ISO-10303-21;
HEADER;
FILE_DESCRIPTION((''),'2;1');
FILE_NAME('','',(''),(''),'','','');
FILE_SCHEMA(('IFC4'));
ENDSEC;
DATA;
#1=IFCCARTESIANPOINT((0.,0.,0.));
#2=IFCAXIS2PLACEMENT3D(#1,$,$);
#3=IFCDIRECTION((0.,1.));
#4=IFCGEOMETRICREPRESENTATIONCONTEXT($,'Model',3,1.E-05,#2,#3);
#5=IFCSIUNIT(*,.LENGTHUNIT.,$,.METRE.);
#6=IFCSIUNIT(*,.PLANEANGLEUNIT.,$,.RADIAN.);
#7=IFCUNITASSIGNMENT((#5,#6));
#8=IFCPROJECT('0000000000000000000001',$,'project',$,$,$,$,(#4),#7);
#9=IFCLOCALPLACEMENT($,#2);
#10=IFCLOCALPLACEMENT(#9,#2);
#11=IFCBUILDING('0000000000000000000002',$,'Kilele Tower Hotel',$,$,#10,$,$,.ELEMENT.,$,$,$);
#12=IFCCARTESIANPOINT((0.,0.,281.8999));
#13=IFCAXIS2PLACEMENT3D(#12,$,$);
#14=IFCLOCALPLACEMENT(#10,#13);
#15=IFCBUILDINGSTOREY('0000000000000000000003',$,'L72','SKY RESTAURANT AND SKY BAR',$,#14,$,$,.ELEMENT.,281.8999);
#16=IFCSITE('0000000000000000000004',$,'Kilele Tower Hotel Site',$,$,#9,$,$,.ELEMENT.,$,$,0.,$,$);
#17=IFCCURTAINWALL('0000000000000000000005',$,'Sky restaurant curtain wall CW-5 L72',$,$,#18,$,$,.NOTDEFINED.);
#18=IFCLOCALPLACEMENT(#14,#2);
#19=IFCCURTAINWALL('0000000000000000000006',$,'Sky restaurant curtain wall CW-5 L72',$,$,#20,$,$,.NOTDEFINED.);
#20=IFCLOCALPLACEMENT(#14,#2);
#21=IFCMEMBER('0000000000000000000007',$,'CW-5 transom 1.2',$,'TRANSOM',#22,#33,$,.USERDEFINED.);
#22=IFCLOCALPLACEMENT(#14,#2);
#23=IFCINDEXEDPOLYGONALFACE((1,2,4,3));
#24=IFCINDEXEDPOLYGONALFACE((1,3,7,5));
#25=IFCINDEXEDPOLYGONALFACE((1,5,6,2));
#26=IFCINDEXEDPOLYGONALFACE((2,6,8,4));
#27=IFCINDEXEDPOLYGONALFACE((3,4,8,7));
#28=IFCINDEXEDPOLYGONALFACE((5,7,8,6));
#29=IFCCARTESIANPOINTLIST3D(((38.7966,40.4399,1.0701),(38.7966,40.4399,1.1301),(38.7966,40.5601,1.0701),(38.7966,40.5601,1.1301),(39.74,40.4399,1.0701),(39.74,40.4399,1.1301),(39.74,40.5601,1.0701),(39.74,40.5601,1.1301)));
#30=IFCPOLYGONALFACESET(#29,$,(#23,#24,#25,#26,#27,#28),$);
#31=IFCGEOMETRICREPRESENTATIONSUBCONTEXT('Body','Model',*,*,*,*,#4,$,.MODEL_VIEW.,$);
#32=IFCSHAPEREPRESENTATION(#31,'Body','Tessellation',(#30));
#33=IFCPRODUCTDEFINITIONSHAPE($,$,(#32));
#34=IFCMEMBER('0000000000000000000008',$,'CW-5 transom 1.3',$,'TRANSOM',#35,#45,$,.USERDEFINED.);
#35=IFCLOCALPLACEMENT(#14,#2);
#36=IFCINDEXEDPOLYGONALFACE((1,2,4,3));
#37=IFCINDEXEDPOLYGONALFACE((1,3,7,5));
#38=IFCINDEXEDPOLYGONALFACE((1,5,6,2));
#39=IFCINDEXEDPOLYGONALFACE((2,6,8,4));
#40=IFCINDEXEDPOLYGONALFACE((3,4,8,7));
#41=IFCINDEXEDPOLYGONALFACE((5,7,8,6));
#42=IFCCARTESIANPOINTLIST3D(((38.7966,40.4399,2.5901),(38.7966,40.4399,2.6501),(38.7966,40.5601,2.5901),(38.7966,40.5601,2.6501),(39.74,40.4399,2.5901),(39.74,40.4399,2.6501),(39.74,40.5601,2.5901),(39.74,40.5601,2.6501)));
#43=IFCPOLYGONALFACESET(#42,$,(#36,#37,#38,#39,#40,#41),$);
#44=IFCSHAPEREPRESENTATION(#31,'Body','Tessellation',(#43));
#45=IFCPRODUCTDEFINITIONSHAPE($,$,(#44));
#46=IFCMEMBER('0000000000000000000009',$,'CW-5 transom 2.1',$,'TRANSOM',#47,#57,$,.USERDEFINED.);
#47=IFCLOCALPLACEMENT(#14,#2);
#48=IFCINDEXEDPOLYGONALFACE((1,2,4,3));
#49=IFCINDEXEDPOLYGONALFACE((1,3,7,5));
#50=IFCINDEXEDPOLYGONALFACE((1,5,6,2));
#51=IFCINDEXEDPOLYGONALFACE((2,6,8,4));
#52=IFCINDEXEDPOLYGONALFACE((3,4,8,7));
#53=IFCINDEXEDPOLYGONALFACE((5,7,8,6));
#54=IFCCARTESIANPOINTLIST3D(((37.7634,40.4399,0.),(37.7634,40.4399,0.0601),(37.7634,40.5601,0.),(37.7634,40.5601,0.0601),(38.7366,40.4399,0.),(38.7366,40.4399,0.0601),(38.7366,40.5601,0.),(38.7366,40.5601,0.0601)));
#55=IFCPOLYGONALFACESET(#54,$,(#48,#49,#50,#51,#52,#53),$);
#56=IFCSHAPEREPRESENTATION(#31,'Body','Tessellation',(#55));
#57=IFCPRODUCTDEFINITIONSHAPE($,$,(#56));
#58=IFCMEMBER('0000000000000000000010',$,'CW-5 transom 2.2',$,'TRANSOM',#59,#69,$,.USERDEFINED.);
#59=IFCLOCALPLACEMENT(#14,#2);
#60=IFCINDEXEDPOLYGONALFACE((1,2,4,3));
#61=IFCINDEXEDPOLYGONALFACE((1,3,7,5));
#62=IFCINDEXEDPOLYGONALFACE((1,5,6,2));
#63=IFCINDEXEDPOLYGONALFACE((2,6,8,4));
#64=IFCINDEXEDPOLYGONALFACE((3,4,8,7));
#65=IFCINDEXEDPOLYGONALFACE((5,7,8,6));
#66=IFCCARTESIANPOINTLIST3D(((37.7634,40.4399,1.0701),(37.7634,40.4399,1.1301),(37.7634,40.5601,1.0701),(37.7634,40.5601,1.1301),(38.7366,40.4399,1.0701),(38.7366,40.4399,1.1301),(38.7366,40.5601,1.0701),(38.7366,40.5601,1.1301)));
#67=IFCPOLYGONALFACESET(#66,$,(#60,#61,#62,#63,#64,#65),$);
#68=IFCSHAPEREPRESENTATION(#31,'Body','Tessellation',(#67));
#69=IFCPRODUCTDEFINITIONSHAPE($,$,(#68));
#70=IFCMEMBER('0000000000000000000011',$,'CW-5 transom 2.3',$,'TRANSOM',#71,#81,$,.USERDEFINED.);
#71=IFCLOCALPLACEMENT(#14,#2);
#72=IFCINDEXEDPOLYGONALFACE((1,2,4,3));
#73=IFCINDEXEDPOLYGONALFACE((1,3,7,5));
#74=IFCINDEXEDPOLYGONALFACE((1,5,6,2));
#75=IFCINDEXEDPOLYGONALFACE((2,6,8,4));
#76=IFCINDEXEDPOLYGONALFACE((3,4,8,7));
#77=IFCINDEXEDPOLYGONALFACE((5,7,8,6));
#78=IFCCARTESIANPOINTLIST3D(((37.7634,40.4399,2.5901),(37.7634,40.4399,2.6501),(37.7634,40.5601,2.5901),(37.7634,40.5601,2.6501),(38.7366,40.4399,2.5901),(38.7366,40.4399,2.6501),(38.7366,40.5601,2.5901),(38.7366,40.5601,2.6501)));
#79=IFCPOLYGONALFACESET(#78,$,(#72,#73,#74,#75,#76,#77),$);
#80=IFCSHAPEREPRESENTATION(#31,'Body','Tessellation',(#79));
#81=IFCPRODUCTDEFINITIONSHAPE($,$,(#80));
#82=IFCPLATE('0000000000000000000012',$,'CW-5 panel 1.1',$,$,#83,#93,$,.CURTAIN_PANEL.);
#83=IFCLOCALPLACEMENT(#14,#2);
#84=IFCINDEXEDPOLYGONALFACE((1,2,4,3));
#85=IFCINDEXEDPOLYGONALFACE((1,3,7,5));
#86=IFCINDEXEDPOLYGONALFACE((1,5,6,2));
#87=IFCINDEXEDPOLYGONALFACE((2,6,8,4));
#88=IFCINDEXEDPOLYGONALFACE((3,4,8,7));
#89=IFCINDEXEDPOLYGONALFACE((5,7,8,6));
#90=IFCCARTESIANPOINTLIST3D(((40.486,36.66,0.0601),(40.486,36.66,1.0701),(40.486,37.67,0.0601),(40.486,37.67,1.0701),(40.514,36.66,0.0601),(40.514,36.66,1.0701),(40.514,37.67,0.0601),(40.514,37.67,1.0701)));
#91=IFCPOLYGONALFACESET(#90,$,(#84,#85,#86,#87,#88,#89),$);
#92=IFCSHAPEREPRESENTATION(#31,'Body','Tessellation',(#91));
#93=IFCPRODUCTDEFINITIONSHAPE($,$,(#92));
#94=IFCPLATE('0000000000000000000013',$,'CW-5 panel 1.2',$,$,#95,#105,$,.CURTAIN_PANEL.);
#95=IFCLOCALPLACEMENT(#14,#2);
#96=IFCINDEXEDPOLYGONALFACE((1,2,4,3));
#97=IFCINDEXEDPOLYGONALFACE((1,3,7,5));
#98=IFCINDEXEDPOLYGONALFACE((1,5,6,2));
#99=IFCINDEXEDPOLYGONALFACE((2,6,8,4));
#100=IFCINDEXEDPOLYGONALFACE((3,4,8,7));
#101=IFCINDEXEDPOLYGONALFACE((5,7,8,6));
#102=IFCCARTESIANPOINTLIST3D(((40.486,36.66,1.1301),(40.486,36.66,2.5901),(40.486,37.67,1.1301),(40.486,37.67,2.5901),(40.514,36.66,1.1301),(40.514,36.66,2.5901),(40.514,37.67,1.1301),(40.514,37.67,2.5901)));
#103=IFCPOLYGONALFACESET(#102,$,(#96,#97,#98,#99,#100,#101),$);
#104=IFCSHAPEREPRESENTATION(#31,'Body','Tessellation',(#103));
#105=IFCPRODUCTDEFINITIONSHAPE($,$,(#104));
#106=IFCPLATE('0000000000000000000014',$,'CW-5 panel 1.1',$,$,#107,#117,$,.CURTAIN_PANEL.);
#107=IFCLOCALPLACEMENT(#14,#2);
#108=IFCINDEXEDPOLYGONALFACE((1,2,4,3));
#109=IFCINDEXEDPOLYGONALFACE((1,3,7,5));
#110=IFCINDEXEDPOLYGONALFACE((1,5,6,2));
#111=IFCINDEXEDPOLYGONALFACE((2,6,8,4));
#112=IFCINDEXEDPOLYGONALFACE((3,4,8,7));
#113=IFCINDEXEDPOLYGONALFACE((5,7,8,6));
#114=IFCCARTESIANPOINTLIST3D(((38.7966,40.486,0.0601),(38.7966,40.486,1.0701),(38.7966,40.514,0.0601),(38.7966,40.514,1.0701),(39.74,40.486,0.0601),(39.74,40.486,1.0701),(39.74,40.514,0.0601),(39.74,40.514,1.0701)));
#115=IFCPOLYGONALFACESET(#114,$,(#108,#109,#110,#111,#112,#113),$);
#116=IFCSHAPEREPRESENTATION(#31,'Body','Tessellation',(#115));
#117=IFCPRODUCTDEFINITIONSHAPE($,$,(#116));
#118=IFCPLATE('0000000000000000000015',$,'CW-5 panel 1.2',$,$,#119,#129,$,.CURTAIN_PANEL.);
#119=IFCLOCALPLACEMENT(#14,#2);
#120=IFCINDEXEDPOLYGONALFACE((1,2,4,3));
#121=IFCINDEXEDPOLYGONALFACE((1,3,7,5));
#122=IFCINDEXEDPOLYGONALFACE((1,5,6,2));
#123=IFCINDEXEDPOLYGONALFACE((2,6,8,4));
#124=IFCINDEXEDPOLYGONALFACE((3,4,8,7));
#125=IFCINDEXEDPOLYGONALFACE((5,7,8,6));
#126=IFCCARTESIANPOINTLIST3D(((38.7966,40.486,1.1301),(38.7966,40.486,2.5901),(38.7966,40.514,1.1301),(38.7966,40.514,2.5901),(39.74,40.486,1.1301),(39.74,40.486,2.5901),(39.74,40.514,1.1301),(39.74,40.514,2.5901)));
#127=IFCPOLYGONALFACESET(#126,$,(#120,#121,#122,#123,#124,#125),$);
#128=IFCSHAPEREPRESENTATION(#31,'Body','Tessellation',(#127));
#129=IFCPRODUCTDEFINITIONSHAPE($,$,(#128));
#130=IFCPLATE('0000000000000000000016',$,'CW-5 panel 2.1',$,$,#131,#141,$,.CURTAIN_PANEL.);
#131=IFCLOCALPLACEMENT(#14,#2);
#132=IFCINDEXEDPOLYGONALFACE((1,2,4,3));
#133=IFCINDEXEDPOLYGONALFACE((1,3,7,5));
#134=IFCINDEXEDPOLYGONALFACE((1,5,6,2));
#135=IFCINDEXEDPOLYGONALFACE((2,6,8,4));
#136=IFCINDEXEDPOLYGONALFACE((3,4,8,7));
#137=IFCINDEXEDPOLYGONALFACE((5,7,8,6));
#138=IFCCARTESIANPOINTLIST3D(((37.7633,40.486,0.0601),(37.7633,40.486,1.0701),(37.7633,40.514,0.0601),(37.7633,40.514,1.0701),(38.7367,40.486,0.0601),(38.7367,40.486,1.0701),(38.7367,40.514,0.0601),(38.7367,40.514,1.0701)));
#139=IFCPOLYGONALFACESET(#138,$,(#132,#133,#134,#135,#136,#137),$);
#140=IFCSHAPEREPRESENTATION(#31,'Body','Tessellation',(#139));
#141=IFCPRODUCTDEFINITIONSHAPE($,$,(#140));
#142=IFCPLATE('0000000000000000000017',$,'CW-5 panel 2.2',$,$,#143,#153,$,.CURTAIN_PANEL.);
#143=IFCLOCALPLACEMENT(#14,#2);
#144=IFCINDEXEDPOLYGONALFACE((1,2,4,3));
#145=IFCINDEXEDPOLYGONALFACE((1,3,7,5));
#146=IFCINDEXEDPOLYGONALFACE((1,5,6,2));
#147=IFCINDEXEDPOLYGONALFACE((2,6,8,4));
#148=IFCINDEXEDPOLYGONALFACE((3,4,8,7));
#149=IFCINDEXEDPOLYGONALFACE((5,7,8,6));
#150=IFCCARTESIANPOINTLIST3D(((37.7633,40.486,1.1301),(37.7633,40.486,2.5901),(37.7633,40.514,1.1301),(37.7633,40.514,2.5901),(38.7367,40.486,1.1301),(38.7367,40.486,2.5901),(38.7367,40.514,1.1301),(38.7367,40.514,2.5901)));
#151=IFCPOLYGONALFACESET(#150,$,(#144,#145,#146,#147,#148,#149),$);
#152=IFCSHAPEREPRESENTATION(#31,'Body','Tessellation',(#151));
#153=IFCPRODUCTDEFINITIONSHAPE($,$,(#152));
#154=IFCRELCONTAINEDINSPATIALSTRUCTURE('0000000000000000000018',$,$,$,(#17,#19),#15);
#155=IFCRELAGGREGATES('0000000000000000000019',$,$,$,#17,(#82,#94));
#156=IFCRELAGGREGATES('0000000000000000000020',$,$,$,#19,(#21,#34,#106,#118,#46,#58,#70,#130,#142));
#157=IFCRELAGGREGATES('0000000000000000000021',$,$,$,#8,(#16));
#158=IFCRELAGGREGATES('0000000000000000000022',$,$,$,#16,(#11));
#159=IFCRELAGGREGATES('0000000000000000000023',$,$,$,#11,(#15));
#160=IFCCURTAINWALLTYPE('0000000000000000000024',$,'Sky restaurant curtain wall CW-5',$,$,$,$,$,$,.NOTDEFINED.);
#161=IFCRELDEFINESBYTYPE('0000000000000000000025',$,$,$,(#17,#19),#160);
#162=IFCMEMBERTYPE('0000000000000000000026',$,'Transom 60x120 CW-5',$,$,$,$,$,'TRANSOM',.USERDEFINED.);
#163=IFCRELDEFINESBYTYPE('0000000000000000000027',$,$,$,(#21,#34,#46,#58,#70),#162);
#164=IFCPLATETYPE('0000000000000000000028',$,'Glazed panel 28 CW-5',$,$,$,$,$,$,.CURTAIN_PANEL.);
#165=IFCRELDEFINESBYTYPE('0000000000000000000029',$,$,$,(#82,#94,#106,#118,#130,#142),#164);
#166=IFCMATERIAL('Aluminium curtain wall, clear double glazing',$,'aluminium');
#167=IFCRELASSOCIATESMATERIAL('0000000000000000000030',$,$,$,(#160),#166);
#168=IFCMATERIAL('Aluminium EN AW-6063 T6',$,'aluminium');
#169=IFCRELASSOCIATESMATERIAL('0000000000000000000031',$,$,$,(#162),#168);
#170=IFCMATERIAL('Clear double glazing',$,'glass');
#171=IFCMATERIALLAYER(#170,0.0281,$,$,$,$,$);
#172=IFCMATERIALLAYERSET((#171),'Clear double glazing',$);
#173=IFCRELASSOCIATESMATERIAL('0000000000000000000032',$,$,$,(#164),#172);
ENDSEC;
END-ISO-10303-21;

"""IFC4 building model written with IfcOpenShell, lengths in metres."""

from ifc_helpers import new_model, si_unit, direction, frame, origin, origin_2d, place, context, subcontext, project, spatial, rectangle, extrude, material, layer, layer_set, material_profile, profile_set, type_object, element, aggregate, save


model = new_model("IFC4")

# Units and contexts
model_context = context("Model", 3, precision=1e-05, world=origin(), true_north=direction((0.0, 1.0)))
body_context = subcontext(model_context, "Body", "Model", "MODEL_VIEW")
ifc_project = project(units=[si_unit("LENGTHUNIT", "METRE"), si_unit("PLANEANGLEUNIT", "RADIAN")], contexts=[model_context])

# Site, building, storey
site_placement = place(None, origin())
site = spatial("IfcSite", under=ifc_project, at=site_placement, Name="Kilele Tower Hotel Site", CompositionType="ELEMENT", RefElevation=0.0)
building_placement = place(site_placement, origin())
building = spatial("IfcBuilding", under=site, at=building_placement, Name="Kilele Tower Hotel", CompositionType="ELEMENT")
storey_placement = place(building_placement, frame((0.0, 0.0, 281.8999)))
storey = spatial("IfcBuildingStorey", under=building, at=storey_placement, Name="L72", Description="SKY RESTAURANT AND SKY BAR", CompositionType="ELEMENT", Elevation=281.8999)

# Curtain walls
ifc_material_1 = material(Name="Aluminium curtain wall, clear double glazing", Category="aluminium")
curtain_wall_type = type_object("IfcCurtainWallType", Name="Sky restaurant curtain wall CW-5", PredefinedType="NOTDEFINED", material=ifc_material_1)
curtain_wall_1_placement = place(storey_placement, origin())
curtain_wall_1 = element("IfcCurtainWall", 1, at=curtain_wall_1_placement, inside=storey, type_object=curtain_wall_type, Name="Sky restaurant curtain wall CW-5 L72", PredefinedType="NOTDEFINED")
curtain_wall_2_placement = place(storey_placement, origin())
curtain_wall_2 = element("IfcCurtainWall", 2, at=curtain_wall_2_placement, inside=storey, type_object=curtain_wall_type, Name="Sky restaurant curtain wall CW-5 L72", PredefinedType="NOTDEFINED")

# Members
ifc_material_2 = material(Name="Aluminium EN AW-6063 T6", Category="aluminium")
ifc_material_profile_1 = material_profile(ifc_material_2, rectangle(XDim=0.1201, YDim=0.0601, at=origin_2d()))
ifc_profile_set_1 = profile_set([ifc_material_profile_1], Name="Aluminium EN AW-6063 T6")
member_type_1 = type_object("IfcMemberType", Name="Transom 60x120 CW-5", ElementType="TRANSOM", PredefinedType="USERDEFINED", material=ifc_profile_set_1)
member_1_placement = place(storey_placement, frame((39.74, 40.5, 1.1001), z_axis=(-1.0, 0.0, 0.0), x_axis=(0.0, -1.0, 0.0)))
member_1 = element("IfcMember", 3, at=member_1_placement, type_object=member_type_1, Name="CW-5 transom 1.2", ObjectType="TRANSOM", PredefinedType="USERDEFINED", context=body_context, shape_type="SweptSolid", body=[
    extrude(rectangle(XDim=0.1201, YDim=0.0601, at=origin_2d()), origin(), (0.0, 0.0, 1.0), 0.9434),
])
member_2_placement = place(storey_placement, frame((39.74, 40.5, 2.6201), z_axis=(-1.0, 0.0, 0.0), x_axis=(0.0, -1.0, 0.0)))
member_2 = element("IfcMember", 4, at=member_2_placement, type_object=member_type_1, Name="CW-5 transom 1.3", ObjectType="TRANSOM", PredefinedType="USERDEFINED", context=body_context, shape_type="SweptSolid", body=[
    extrude(rectangle(XDim=0.1201, YDim=0.0601, at=origin_2d()), origin(), (0.0, 0.0, 1.0), 0.9434),
])
member_3_placement = place(storey_placement, frame((38.7366, 40.5, 0.03), z_axis=(-1.0, 0.0, 0.0), x_axis=(0.0, -1.0, 0.0)))
member_3 = element("IfcMember", 5, at=member_3_placement, type_object=member_type_1, Name="CW-5 transom 2.1", ObjectType="TRANSOM", PredefinedType="USERDEFINED", context=body_context, shape_type="SweptSolid", body=[
    extrude(rectangle(XDim=0.1201, YDim=0.0601, at=origin_2d()), origin(), (0.0, 0.0, 1.0), 0.9731),
])
member_4_placement = place(storey_placement, frame((38.7366, 40.5, 1.1001), z_axis=(-1.0, 0.0, 0.0), x_axis=(0.0, -1.0, 0.0)))
member_4 = element("IfcMember", 6, at=member_4_placement, type_object=member_type_1, Name="CW-5 transom 2.2", ObjectType="TRANSOM", PredefinedType="USERDEFINED", context=body_context, shape_type="SweptSolid", body=[
    extrude(rectangle(XDim=0.1201, YDim=0.0601, at=origin_2d()), origin(), (0.0, 0.0, 1.0), 0.9731),
])
member_5_placement = place(storey_placement, frame((38.7366, 40.5, 2.6201), z_axis=(-1.0, 0.0, 0.0), x_axis=(0.0, -1.0, 0.0)))
member_5 = element("IfcMember", 7, at=member_5_placement, type_object=member_type_1, Name="CW-5 transom 2.3", ObjectType="TRANSOM", PredefinedType="USERDEFINED", context=body_context, shape_type="SweptSolid", body=[
    extrude(rectangle(XDim=0.1201, YDim=0.0601, at=origin_2d()), origin(), (0.0, 0.0, 1.0), 0.9731),
])

# Plates
ifc_material_3 = material(Name="Clear double glazing", Category="glass")
ifc_layer = layer(ifc_material_3, 0.0281)
ifc_layer_set = layer_set([ifc_layer], Name="Clear double glazing")
plate_type = type_object("IfcPlateType", Name="Glazed panel 28 CW-5", PredefinedType="CURTAIN_PANEL", material=ifc_layer_set)
plate_1_placement = place(storey_placement, frame((40.5, 37.165, 0.0601), z_axis=(0.0, 0.0, 1.0), x_axis=(0.0, 1.0, 0.0)))
plate_1 = element("IfcPlate", 8, at=plate_1_placement, type_object=plate_type, Name="CW-5 panel 1.1", PredefinedType="CURTAIN_PANEL", context=body_context, shape_type="SweptSolid", body=[
    extrude(rectangle(XDim=1.01, YDim=0.0281, at=origin_2d()), origin(), (0.0, 0.0, 1.0), 1.01),
])
plate_2_placement = place(storey_placement, frame((40.5, 37.165, 1.1301), z_axis=(0.0, 0.0, 1.0), x_axis=(0.0, 1.0, 0.0)))
plate_2 = element("IfcPlate", 9, at=plate_2_placement, type_object=plate_type, Name="CW-5 panel 1.2", PredefinedType="CURTAIN_PANEL", context=body_context, shape_type="SweptSolid", body=[
    extrude(rectangle(XDim=1.01, YDim=0.0281, at=origin_2d()), origin(), (0.0, 0.0, 1.0), 1.46),
])
aggregate(curtain_wall_1, [plate_1, plate_2])
plate_3_placement = place(storey_placement, frame((39.2683, 40.5, 0.0601), z_axis=(0.0, 0.0, 1.0), x_axis=(-1.0, 0.0, 0.0)))
plate_3 = element("IfcPlate", 10, at=plate_3_placement, type_object=plate_type, Name="CW-5 panel 1.1", PredefinedType="CURTAIN_PANEL", context=body_context, shape_type="SweptSolid", body=[
    extrude(rectangle(XDim=0.9434, YDim=0.0281, at=origin_2d()), origin(), (0.0, 0.0, 1.0), 1.01),
])
plate_4_placement = place(storey_placement, frame((39.2683, 40.5, 1.1301), z_axis=(0.0, 0.0, 1.0), x_axis=(-1.0, 0.0, 0.0)))
plate_4 = element("IfcPlate", 11, at=plate_4_placement, type_object=plate_type, Name="CW-5 panel 1.2", PredefinedType="CURTAIN_PANEL", context=body_context, shape_type="SweptSolid", body=[
    extrude(rectangle(XDim=0.9434, YDim=0.0281, at=origin_2d()), origin(), (0.0, 0.0, 1.0), 1.46),
])
plate_5_placement = place(storey_placement, frame((38.25, 40.5, 0.0601), z_axis=(0.0, 0.0, 1.0), x_axis=(-1.0, 0.0, 0.0)))
plate_5 = element("IfcPlate", 12, at=plate_5_placement, type_object=plate_type, Name="CW-5 panel 2.1", PredefinedType="CURTAIN_PANEL", context=body_context, shape_type="SweptSolid", body=[
    extrude(rectangle(XDim=0.9734, YDim=0.0281, at=origin_2d()), origin(), (0.0, 0.0, 1.0), 1.01),
])
plate_6_placement = place(storey_placement, frame((38.25, 40.5, 1.1301), z_axis=(0.0, 0.0, 1.0), x_axis=(-1.0, 0.0, 0.0)))
plate_6 = element("IfcPlate", 13, at=plate_6_placement, type_object=plate_type, Name="CW-5 panel 2.2", PredefinedType="CURTAIN_PANEL", context=body_context, shape_type="SweptSolid", body=[
    extrude(rectangle(XDim=0.9734, YDim=0.0281, at=origin_2d()), origin(), (0.0, 0.0, 1.0), 1.46),
])
aggregate(curtain_wall_2, [member_1, member_2, plate_3, plate_4, member_3, member_4, member_5, plate_5, plate_6])

save(model, "model.ifc")
